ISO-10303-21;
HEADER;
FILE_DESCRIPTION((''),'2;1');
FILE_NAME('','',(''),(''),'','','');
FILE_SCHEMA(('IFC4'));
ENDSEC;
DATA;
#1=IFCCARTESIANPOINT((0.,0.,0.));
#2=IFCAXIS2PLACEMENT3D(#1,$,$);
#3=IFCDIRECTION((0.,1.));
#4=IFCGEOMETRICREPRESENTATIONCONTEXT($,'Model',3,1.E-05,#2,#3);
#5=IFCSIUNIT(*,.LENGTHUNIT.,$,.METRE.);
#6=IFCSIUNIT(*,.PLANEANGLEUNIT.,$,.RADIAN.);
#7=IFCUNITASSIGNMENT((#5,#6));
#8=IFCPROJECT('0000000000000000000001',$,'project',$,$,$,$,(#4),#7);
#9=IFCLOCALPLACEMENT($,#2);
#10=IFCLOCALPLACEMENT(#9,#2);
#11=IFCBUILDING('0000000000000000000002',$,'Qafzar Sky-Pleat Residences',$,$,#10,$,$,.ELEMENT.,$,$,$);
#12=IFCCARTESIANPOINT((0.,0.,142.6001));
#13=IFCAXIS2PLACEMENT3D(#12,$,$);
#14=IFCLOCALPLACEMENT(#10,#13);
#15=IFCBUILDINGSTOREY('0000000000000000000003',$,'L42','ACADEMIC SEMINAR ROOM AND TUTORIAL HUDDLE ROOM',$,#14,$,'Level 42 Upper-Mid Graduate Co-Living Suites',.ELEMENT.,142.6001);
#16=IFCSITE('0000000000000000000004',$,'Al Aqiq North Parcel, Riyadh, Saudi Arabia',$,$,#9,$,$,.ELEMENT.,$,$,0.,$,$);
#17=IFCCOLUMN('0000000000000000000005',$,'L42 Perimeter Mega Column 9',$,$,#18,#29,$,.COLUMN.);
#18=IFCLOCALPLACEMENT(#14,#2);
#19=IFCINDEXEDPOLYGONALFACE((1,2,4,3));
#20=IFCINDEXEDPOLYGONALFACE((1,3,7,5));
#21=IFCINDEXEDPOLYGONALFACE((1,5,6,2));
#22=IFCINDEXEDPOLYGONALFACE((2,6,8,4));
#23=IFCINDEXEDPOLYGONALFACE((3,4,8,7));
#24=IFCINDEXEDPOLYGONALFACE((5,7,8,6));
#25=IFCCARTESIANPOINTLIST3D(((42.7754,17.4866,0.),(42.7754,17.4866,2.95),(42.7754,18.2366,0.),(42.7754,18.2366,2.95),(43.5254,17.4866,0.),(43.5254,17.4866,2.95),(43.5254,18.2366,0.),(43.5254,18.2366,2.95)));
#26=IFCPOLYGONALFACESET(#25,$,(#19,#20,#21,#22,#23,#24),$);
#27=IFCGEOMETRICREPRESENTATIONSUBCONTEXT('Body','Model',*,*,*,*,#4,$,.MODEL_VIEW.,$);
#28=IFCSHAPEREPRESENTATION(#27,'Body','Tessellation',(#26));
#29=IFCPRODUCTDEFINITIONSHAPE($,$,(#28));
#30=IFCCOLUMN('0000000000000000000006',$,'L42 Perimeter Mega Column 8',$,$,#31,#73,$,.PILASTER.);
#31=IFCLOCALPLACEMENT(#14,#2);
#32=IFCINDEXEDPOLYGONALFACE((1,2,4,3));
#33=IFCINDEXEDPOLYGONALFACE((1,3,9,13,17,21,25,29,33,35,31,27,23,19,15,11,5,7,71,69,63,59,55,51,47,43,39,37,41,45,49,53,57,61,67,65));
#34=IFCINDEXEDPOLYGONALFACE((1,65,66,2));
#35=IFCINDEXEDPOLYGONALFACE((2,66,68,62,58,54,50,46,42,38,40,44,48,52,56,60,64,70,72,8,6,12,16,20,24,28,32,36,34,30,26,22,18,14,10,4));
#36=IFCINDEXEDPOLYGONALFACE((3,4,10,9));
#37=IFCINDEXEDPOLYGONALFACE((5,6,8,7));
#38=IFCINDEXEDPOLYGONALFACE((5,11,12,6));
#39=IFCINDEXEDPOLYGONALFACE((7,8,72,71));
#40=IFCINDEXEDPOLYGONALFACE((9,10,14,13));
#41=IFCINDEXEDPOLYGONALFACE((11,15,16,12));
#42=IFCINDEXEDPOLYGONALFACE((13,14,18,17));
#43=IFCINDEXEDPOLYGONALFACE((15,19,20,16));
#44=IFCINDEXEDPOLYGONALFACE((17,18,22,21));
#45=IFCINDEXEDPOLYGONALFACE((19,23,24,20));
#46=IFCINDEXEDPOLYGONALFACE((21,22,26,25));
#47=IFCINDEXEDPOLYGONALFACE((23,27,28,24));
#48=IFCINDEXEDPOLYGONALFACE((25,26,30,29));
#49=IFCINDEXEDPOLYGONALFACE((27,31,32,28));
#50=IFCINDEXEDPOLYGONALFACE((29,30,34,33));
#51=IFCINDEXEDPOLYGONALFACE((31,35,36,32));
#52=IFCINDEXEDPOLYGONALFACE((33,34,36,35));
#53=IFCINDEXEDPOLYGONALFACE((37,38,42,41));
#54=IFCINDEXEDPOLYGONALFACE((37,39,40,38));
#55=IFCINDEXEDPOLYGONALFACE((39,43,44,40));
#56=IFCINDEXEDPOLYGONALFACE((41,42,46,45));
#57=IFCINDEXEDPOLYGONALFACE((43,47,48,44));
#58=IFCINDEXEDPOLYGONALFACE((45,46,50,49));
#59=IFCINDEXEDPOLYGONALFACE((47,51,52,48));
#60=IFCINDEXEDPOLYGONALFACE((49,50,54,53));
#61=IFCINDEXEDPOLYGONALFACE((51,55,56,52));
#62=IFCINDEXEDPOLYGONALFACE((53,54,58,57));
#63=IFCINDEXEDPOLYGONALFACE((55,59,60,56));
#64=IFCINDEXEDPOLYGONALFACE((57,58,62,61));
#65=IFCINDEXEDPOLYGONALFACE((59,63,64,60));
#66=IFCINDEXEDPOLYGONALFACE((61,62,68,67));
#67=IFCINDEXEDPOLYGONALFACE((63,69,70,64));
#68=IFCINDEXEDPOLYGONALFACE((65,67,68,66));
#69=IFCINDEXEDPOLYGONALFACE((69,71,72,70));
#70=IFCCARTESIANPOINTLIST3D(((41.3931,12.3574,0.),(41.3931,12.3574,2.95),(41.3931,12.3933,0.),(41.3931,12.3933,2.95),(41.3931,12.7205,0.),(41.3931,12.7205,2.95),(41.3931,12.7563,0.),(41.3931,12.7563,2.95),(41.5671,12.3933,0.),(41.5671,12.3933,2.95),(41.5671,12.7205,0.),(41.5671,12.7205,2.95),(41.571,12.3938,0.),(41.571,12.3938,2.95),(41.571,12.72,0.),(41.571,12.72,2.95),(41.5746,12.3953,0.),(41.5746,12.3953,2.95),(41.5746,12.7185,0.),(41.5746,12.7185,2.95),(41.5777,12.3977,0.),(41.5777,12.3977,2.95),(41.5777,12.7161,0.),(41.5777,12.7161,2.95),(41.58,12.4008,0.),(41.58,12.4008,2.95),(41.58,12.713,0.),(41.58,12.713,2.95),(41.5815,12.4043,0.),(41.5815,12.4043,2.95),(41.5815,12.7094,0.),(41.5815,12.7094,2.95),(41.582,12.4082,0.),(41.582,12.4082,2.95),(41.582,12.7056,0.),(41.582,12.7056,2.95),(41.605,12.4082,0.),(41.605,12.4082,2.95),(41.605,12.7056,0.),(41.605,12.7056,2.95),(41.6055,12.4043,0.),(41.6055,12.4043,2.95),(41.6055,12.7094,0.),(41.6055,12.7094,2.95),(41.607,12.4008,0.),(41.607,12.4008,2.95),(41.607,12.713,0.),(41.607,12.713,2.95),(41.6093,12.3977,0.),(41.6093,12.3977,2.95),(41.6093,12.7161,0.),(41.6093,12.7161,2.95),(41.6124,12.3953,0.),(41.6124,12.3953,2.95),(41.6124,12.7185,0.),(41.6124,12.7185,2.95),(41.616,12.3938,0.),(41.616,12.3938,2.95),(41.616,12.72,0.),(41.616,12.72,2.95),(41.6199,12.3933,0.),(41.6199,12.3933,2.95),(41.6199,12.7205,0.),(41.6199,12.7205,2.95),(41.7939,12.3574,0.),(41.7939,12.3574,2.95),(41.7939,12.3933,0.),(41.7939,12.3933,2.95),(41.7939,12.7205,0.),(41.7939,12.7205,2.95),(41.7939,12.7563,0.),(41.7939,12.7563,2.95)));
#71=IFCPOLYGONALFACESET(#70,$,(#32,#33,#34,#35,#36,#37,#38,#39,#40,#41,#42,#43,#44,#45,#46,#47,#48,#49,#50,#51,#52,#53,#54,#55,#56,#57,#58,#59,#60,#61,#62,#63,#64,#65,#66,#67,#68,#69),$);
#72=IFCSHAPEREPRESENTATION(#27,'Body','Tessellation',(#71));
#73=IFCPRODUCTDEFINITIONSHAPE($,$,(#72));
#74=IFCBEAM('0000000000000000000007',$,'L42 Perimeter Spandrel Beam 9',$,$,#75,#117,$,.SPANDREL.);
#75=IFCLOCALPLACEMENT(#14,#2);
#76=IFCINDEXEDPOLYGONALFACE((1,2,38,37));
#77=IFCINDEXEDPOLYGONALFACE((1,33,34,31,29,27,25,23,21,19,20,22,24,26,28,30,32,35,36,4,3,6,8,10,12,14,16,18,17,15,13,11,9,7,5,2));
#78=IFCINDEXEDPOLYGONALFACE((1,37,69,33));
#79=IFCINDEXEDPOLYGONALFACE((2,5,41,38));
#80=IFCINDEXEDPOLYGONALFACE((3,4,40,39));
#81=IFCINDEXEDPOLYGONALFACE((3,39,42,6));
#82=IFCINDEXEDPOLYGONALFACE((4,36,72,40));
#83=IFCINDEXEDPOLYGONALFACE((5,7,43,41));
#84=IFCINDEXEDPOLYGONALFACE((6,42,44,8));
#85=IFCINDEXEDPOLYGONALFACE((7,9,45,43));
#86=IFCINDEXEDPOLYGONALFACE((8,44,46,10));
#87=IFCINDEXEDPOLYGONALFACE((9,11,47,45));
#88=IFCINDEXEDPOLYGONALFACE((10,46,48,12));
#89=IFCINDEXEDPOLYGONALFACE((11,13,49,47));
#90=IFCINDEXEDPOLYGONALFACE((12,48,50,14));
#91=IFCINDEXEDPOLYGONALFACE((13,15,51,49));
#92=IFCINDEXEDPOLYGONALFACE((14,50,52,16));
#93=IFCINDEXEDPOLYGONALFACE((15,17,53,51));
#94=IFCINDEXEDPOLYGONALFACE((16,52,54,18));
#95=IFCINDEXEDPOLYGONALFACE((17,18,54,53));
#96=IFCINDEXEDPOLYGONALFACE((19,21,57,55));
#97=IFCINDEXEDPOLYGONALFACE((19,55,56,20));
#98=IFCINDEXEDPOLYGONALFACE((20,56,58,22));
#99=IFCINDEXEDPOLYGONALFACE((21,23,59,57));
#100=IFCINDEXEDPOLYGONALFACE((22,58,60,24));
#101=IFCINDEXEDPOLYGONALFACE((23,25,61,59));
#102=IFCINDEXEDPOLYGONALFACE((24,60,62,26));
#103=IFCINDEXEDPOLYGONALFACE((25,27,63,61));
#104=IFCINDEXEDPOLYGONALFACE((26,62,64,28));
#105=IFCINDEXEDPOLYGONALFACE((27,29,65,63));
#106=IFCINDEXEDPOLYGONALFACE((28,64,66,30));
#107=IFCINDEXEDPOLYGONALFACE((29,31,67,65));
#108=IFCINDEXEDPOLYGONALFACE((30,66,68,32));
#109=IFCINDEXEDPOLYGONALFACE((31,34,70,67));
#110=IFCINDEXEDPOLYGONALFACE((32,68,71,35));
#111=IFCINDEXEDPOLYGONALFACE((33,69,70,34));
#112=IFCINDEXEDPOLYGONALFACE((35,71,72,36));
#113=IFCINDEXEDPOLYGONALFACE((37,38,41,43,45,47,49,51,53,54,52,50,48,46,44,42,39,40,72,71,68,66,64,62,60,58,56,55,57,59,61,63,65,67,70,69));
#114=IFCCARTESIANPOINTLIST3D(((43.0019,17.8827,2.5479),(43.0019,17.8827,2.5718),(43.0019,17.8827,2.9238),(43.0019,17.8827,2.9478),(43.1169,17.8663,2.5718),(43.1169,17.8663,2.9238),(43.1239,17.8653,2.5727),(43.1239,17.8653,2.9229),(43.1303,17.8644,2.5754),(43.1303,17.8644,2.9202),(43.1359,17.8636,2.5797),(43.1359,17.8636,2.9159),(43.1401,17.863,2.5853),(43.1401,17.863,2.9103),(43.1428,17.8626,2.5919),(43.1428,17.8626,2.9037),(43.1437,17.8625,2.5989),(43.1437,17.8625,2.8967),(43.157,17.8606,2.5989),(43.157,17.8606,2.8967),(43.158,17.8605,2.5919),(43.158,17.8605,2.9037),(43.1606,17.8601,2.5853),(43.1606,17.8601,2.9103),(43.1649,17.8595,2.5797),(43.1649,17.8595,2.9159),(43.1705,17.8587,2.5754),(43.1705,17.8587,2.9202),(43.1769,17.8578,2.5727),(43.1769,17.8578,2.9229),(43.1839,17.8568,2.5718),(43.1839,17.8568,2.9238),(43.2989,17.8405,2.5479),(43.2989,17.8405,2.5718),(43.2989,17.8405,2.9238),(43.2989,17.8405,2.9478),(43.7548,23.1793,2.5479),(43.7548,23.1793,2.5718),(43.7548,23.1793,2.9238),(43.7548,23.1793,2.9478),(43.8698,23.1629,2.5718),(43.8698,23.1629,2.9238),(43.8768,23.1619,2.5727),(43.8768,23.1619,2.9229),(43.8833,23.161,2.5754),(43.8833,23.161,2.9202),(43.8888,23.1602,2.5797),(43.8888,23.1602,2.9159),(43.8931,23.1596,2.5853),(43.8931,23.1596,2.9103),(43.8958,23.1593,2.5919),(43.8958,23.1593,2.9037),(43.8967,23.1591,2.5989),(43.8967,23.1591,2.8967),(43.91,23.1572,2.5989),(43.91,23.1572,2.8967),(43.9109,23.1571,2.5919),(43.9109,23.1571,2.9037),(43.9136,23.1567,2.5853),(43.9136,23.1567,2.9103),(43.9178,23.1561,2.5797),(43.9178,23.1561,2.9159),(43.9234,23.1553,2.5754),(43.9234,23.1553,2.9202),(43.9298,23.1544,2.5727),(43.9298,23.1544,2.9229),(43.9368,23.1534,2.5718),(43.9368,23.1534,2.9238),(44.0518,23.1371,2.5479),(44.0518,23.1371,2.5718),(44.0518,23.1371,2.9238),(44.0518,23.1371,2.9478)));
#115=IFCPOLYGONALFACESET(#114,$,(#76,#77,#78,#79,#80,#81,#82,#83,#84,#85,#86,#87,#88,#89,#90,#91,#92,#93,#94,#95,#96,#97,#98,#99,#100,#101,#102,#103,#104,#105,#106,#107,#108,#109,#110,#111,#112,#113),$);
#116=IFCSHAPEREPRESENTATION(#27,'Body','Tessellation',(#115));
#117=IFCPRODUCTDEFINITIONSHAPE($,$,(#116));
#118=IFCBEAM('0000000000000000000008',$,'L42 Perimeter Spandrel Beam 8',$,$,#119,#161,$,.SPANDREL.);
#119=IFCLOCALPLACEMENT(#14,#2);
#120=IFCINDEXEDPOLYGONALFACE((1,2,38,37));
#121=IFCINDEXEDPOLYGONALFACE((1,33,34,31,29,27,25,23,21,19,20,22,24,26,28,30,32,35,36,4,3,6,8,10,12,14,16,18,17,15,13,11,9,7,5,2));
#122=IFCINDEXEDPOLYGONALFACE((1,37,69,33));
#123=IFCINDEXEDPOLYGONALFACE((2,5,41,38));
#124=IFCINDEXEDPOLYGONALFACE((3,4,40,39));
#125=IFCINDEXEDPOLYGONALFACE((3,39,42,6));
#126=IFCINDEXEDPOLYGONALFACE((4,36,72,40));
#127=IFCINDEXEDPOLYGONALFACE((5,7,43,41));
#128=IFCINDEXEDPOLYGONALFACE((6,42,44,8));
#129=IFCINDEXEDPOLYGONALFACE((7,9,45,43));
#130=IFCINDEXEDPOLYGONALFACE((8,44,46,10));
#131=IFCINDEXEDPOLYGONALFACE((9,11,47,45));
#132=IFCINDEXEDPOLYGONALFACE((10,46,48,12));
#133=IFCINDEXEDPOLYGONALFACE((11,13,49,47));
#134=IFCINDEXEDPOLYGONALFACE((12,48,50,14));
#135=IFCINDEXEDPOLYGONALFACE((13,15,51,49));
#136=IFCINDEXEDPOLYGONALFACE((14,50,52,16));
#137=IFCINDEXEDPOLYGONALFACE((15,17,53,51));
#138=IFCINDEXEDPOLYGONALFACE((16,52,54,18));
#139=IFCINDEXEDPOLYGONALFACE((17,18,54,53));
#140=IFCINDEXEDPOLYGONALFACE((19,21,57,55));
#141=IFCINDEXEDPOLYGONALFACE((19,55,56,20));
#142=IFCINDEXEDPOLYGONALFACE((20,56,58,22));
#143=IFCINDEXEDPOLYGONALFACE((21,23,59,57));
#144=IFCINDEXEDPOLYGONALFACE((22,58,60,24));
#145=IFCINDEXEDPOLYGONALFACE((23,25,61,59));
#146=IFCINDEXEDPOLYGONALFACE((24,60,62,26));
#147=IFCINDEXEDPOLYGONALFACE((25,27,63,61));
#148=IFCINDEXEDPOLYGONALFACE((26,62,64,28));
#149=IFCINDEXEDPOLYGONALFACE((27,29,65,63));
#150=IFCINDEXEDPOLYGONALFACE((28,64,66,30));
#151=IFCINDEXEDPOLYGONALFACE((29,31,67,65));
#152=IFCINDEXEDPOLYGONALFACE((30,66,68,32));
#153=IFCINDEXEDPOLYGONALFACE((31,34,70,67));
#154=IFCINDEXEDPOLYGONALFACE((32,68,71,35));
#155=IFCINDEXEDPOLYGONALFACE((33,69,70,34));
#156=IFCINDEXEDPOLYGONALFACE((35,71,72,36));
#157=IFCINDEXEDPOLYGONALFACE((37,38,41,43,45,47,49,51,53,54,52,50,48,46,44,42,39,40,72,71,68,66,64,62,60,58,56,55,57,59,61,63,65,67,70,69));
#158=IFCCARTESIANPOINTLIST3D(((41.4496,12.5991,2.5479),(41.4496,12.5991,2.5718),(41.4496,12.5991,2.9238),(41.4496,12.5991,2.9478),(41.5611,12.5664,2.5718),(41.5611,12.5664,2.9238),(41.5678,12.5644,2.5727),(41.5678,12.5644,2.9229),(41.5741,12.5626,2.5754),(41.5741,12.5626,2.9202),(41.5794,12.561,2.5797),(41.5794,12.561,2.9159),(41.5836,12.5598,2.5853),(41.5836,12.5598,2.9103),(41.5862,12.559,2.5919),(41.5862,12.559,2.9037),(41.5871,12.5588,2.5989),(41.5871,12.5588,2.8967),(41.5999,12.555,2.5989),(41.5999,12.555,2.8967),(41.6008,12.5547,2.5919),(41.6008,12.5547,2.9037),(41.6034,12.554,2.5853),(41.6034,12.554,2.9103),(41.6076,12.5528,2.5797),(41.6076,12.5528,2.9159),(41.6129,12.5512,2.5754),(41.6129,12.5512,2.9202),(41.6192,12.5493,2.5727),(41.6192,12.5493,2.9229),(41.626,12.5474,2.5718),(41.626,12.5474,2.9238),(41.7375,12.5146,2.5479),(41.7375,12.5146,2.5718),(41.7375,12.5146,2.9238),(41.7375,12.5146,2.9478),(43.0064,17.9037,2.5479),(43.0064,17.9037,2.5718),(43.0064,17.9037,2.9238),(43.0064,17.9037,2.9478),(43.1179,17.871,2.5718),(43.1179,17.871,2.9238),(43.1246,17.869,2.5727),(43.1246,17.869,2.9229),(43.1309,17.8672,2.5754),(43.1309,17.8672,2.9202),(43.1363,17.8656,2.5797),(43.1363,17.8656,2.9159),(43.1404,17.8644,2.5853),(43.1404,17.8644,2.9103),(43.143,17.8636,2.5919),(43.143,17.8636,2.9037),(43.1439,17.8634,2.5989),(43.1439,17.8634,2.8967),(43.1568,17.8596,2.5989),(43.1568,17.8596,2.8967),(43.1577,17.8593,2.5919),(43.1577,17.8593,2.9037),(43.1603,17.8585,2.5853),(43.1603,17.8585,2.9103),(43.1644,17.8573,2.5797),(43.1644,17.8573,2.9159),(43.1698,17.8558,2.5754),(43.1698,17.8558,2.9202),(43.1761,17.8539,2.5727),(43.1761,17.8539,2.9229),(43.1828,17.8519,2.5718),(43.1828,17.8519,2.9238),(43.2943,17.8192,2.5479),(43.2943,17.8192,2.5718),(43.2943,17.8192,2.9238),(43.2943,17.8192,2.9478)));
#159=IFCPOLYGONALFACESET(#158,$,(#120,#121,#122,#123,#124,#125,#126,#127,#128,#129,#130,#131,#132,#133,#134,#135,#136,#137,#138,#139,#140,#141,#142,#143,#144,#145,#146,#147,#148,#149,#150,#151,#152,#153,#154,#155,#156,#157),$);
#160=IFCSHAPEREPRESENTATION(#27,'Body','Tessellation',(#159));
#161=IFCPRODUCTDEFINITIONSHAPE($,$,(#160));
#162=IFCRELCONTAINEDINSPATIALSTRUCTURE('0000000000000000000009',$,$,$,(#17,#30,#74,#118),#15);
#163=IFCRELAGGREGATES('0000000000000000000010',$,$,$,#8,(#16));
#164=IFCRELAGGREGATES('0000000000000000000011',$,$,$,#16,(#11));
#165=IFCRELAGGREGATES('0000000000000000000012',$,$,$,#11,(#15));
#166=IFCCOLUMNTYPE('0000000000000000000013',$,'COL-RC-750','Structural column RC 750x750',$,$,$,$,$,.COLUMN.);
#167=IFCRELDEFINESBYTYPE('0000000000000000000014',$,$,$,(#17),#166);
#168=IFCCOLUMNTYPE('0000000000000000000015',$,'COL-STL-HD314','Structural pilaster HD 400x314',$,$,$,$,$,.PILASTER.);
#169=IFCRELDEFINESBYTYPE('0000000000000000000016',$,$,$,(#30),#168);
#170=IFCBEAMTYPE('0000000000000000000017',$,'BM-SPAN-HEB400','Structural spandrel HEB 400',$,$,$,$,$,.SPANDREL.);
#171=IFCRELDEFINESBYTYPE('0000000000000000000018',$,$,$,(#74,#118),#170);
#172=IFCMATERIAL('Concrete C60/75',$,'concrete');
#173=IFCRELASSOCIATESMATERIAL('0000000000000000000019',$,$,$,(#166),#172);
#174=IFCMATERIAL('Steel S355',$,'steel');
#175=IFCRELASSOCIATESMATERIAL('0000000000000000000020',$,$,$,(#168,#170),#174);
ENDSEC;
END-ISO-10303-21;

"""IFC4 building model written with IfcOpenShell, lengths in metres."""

from ifc_helpers import new_model, si_unit, direction, frame, origin, origin_2d, place, context, subcontext, project, spatial, rectangle, i_section, extrude, source, transform, mapped, material, material_profile, profile_set, type_object, element, save


model = new_model("IFC4")

# Units and contexts
model_context = context("Model", 3, precision=1e-05, world=origin(), true_north=direction((0.0, 1.0)))
body_context = subcontext(model_context, "Body", "Model", "MODEL_VIEW")
ifc_project = project(units=[si_unit("LENGTHUNIT", "METRE"), si_unit("PLANEANGLEUNIT", "RADIAN")], contexts=[model_context])

# Site, building, storey
site_placement = place(None, origin())
site = spatial("IfcSite", under=ifc_project, at=site_placement, Name="Al Aqiq North Parcel, Riyadh, Saudi Arabia", CompositionType="ELEMENT", RefElevation=0.0)
building_placement = place(site_placement, origin())
building = spatial("IfcBuilding", under=site, at=building_placement, Name="Qafzar Sky-Pleat Residences", CompositionType="ELEMENT")
storey_placement = place(building_placement, frame((0.0, 0.0, 142.6001)))
storey = spatial("IfcBuildingStorey", under=building, at=storey_placement, Name="L42", Description="ACADEMIC SEMINAR ROOM AND TUTORIAL HUDDLE ROOM", LongName="Level 42 Upper-Mid Graduate Co-Living Suites", CompositionType="ELEMENT", Elevation=142.6001)

# Columns
ifc_material_1 = material(Name="Concrete C60/75", Category="concrete")
ifc_material_profile_1 = material_profile(ifc_material_1, rectangle(XDim=0.75, YDim=0.75, at=origin_2d()), Name="RC 750x750")
ifc_profile_set_1 = profile_set([ifc_material_profile_1], Name="Concrete C60/75")
column_type_1 = type_object("IfcColumnType", Name="COL-RC-750", Description="Structural column RC 750x750", PredefinedType="COLUMN", material=ifc_profile_set_1)
shared_shape_1 = source(origin(), body_context, "Body", "SweptSolid", [
    extrude(rectangle(XDim=0.75, YDim=0.75, at=origin_2d()), origin(), (0.0, 0.0, 1.0), 2.95),
])
column_1_placement = place(storey_placement, frame((43.1504, 17.8616, 0.0), z_axis=(0.0, 0.0, 1.0), x_axis=(1.0, 0.0, 0.0)))
element("IfcColumn", 1, at=column_1_placement, inside=storey, type_object=column_type_1, Name="L42 Perimeter Mega Column 9", PredefinedType="COLUMN", context=body_context, shape_type="MappedRepresentation", body=[
    mapped(shared_shape_1, transform((0.0, 0.0, 0.0), x_axis=(1.0, 0.0, 0.0), y_axis=(0.0, 1.0, 0.0), z_axis=(0.0, 0.0, 1.0), scale=1.0)),
])
ifc_material_2 = material(Name="Steel S355", Category="steel")
ifc_material_profile_2 = material_profile(ifc_material_2, i_section(OverallWidth=0.4009, OverallDepth=0.3989, WebThickness=0.0229, FlangeThickness=0.0359, FilletRadius=0.0149, at=origin_2d()), Name="HD 400x314")
ifc_profile_set_2 = profile_set([ifc_material_profile_2], Name="Steel S355")
column_type_2 = type_object("IfcColumnType", Name="COL-STL-HD314", Description="Structural pilaster HD 400x314", PredefinedType="PILASTER", material=ifc_profile_set_2)
shared_shape_2 = source(origin(), body_context, "Body", "SweptSolid", [
    extrude(i_section(OverallWidth=0.4009, OverallDepth=0.3989, WebThickness=0.0229, FlangeThickness=0.0359, FilletRadius=0.0149, at=origin_2d()), origin(), (0.0, 0.0, 1.0), 2.95),
])
column_2_placement = place(storey_placement, frame((41.5935, 12.5569, 0.0), z_axis=(0.0, 0.0, 1.0), x_axis=(1.0, 0.0, 0.0)))
element("IfcColumn", 2, at=column_2_placement, inside=storey, type_object=column_type_2, Name="L42 Perimeter Mega Column 8", PredefinedType="PILASTER", context=body_context, shape_type="MappedRepresentation", body=[
    mapped(shared_shape_2, transform((0.0, 0.0, 0.0), x_axis=(1.0, 0.0, 0.0), y_axis=(0.0, 1.0, 0.0), z_axis=(0.0, 0.0, 1.0), scale=1.0)),
])

# Beams
ifc_material_profile_3 = material_profile(ifc_material_2, i_section(OverallWidth=0.3, OverallDepth=0.3999, WebThickness=0.0134, FlangeThickness=0.0239, FilletRadius=0.0271, at=origin_2d()), Name="HEB 400")
ifc_profile_set_3 = profile_set([ifc_material_profile_3], Name="Steel S355")
beam_type_1 = type_object("IfcBeamType", Name="BM-SPAN-HEB400", Description="Structural spandrel HEB 400", PredefinedType="SPANDREL", material=ifc_profile_set_3)
shared_shape_3 = source(origin(), body_context, "Body", "SweptSolid", [
    extrude(i_section(OverallWidth=0.3, OverallDepth=0.3999, WebThickness=0.0134, FlangeThickness=0.0239, FilletRadius=0.0271, at=origin_2d()), origin(), (0.0, 0.0, 1.0), 5.3499),
])
beam_1_placement = place(storey_placement, frame((43.1504, 17.8616, 2.7478), z_axis=(0.140738, 0.990047, 0.0), x_axis=(-0.990047, 0.140738, 0.0)))
element("IfcBeam", 3, at=beam_1_placement, inside=storey, type_object=beam_type_1, Name="L42 Perimeter Spandrel Beam 9", PredefinedType="SPANDREL", context=body_context, shape_type="MappedRepresentation", body=[
    mapped(shared_shape_3, transform((0.0, 0.0, 0.0), x_axis=(1.0, 0.0, 0.0), y_axis=(0.0, 1.0, 0.0), z_axis=(0.0, 0.0, 1.0), scale=1.0)),
])
shared_shape_4 = source(origin(), body_context, "Body", "SweptSolid", [
    extrude(i_section(OverallWidth=0.3, OverallDepth=0.3999, WebThickness=0.0134, FlangeThickness=0.0239, FilletRadius=0.0271, at=origin_2d()), origin(), (0.0, 0.0, 1.0), 5.5283),
])
beam_2_placement = place(storey_placement, frame((41.5935, 12.5569, 2.7478), z_axis=(0.281614, 0.959528, 0.0), x_axis=(-0.959528, 0.281614, 0.0)))
element("IfcBeam", 4, at=beam_2_placement, inside=storey, type_object=beam_type_1, Name="L42 Perimeter Spandrel Beam 8", PredefinedType="SPANDREL", context=body_context, shape_type="MappedRepresentation", body=[
    mapped(shared_shape_4, transform((0.0, 0.0, 0.0), x_axis=(1.0, 0.0, 0.0), y_axis=(0.0, 1.0, 0.0), z_axis=(0.0, 0.0, 1.0), scale=1.0)),
])

save(model, "model.ifc")
